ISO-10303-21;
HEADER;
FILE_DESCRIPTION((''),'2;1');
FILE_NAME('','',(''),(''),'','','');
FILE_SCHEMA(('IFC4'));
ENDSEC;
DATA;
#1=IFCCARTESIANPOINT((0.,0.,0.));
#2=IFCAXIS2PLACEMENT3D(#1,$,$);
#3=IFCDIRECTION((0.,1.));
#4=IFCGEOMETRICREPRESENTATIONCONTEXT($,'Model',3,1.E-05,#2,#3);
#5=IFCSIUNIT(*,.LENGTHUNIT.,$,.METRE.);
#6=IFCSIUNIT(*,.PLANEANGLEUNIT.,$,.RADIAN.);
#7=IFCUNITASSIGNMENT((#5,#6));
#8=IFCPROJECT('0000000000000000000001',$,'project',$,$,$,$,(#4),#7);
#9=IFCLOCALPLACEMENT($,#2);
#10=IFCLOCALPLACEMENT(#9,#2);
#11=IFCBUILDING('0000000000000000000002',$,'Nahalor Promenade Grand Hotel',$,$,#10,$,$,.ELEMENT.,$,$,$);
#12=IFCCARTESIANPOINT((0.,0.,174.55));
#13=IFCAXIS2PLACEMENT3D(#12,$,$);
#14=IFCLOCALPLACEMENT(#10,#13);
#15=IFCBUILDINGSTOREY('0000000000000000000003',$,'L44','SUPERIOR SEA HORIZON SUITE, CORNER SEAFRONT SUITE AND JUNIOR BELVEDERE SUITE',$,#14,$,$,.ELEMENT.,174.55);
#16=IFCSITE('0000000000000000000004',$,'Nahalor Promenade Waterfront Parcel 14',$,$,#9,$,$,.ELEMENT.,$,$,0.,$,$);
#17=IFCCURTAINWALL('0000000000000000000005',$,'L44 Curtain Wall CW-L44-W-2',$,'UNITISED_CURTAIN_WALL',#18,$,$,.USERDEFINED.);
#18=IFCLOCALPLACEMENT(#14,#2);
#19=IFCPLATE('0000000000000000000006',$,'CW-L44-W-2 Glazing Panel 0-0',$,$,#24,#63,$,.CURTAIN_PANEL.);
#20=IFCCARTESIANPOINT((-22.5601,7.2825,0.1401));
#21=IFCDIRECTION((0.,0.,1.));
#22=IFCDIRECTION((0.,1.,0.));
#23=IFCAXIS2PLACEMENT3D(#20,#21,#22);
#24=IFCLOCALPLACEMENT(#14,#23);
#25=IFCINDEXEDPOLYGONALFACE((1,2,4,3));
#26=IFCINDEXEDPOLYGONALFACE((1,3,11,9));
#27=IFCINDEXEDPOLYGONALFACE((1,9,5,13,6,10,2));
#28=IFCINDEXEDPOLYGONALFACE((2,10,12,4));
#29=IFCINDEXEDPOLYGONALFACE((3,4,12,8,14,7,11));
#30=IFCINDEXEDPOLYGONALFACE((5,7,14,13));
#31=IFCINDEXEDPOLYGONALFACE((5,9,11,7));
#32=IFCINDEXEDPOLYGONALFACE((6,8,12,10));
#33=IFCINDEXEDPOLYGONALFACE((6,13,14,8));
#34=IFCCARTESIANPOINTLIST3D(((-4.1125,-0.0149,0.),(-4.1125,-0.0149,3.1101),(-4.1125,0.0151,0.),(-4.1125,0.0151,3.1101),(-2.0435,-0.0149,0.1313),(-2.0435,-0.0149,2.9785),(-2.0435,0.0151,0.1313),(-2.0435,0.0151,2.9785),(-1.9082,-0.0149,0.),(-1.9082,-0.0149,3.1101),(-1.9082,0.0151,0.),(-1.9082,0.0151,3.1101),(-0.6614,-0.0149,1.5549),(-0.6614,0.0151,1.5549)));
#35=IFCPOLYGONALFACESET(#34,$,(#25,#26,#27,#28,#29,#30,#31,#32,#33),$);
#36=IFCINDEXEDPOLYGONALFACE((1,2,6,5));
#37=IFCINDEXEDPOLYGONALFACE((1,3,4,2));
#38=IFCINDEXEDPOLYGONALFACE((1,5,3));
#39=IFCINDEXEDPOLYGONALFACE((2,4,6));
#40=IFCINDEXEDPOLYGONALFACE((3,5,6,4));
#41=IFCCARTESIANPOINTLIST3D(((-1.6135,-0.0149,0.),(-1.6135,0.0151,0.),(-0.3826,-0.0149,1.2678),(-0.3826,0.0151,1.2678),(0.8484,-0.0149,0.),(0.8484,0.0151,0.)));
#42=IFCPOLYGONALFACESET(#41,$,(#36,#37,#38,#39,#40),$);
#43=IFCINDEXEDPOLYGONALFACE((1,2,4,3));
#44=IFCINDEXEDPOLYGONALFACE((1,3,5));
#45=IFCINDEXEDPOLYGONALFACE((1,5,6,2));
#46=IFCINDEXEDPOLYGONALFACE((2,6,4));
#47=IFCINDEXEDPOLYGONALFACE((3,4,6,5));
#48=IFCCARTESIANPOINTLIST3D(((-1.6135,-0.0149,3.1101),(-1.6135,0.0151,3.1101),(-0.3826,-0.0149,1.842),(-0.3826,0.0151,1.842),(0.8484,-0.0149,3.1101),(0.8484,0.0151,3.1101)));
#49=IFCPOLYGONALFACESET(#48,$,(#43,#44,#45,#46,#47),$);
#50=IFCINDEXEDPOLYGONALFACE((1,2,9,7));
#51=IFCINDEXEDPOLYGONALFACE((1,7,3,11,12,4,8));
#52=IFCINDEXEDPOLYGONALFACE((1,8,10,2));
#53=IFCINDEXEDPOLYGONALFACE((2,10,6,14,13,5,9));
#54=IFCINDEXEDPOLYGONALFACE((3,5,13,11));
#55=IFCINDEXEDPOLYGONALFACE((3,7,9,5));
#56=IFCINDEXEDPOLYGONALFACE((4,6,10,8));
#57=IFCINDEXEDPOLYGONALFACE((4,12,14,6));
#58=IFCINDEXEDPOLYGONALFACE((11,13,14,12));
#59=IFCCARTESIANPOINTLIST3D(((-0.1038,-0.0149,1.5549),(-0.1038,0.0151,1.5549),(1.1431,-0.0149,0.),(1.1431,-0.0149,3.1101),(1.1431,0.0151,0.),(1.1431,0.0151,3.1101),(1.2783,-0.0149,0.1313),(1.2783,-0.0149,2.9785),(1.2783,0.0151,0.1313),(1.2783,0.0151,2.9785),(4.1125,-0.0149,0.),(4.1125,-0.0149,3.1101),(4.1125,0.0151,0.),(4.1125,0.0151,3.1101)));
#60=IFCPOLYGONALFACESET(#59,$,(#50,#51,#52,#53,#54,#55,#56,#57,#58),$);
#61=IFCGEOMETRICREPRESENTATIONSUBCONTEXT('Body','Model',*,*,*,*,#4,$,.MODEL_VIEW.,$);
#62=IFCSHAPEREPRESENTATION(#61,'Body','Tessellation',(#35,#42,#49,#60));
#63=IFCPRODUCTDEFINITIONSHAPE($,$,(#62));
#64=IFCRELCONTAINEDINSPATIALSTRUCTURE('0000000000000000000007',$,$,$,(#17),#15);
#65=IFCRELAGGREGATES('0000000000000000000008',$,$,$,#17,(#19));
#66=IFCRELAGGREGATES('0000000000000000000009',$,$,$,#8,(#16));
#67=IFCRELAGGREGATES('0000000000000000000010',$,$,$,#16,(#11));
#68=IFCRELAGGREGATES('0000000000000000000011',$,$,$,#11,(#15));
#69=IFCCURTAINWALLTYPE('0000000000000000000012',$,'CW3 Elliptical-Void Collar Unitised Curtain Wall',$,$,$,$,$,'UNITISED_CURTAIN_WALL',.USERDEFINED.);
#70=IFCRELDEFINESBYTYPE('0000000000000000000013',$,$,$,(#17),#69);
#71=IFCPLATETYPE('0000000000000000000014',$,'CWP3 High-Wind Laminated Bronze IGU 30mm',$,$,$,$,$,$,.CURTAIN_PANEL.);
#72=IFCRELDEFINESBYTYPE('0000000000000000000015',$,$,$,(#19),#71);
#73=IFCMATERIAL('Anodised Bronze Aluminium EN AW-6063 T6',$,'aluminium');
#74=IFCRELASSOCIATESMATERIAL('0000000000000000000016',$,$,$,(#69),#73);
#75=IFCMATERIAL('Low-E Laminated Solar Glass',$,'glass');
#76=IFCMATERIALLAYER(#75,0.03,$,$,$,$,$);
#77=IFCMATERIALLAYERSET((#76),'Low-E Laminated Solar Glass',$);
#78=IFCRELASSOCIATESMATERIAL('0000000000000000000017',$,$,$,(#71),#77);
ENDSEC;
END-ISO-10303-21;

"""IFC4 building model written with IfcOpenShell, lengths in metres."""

from ifc_helpers import new_model, si_unit, direction, frame, origin, place, context, subcontext, project, spatial, polyline, outline, extrude, material, layer, layer_set, type_object, element, aggregate, save


model = new_model("IFC4")

# Units and contexts
model_context = context("Model", 3, precision=1e-05, world=origin(), true_north=direction((0.0, 1.0)))
body_context = subcontext(model_context, "Body", "Model", "MODEL_VIEW")
ifc_project = project(units=[si_unit("LENGTHUNIT", "METRE"), si_unit("PLANEANGLEUNIT", "RADIAN")], contexts=[model_context])

# Site, building, storey
site_placement = place(None, origin())
site = spatial("IfcSite", under=ifc_project, at=site_placement, Name="Nahalor Promenade Waterfront Parcel 14", CompositionType="ELEMENT", RefElevation=0.0)
building_placement = place(site_placement, origin())
building = spatial("IfcBuilding", under=site, at=building_placement, Name="Nahalor Promenade Grand Hotel", CompositionType="ELEMENT")
storey_placement = place(building_placement, frame((0.0, 0.0, 174.55)))
storey = spatial("IfcBuildingStorey", under=building, at=storey_placement, Name="L44", Description="SUPERIOR SEA HORIZON SUITE, CORNER SEAFRONT SUITE AND JUNIOR BELVEDERE SUITE", CompositionType="ELEMENT", Elevation=174.55)

# Shared definitions
ifc_material_1 = material(Name="Anodised Bronze Aluminium EN AW-6063 T6", Category="aluminium")
curtain_wall_type = type_object("IfcCurtainWallType", Name="CW3 Elliptical-Void Collar Unitised Curtain Wall", ElementType="UNITISED_CURTAIN_WALL", PredefinedType="USERDEFINED", material=ifc_material_1)

# Curtain wall
curtain_wall_1_placement = place(storey_placement, origin())
curtain_wall_1 = element("IfcCurtainWall", 1, at=curtain_wall_1_placement, inside=storey, type_object=curtain_wall_type, Name="L44 Curtain Wall CW-L44-W-2", ObjectType="UNITISED_CURTAIN_WALL", PredefinedType="USERDEFINED")

# Plate
ifc_material_2 = material(Name="Low-E Laminated Solar Glass", Category="glass")
ifc_layer_1 = layer(ifc_material_2, 0.03)
ifc_layer_set_1 = layer_set([ifc_layer_1], Name="Low-E Laminated Solar Glass")
plate_type_1 = type_object("IfcPlateType", Name="CWP3 High-Wind Laminated Bronze IGU 30mm", PredefinedType="CURTAIN_PANEL", material=ifc_layer_set_1)
plate_1_placement = place(storey_placement, frame((-22.5601, 7.2825, 0.1401), z_axis=(0.0, 0.0, 1.0), x_axis=(0.0, 1.0, 0.0)))
plate_1 = element("IfcPlate", 2, at=plate_1_placement, type_object=plate_type_1, Name="CW-L44-W-2 Glazing Panel 0-0", PredefinedType="CURTAIN_PANEL", context=body_context, shape_type="SweptSolid", body=[
    extrude(outline(polyline([(-4.1125, 3.1101), (-4.1125, 0.0), (-1.9082, 0.0), (-2.0435, 0.1313), (-0.6614, 1.5549), (-2.0435, 2.9785), (-1.9082, 3.1101), (-4.1125, 3.1101)])), frame((0.0, 0.0151, 0.0), z_axis=(0.0, -1.0, 0.0), x_axis=(1.0, 0.0, 0.0)), (0.0, 0.0, 1.0), 0.03),
    extrude(outline(polyline([(-0.3826, 1.2678), (-1.6135, 0.0), (0.8484, 0.0), (-0.3826, 1.2678)])), frame((0.0, 0.0151, 0.0), z_axis=(0.0, -1.0, 0.0), x_axis=(1.0, 0.0, 0.0)), (0.0, 0.0, 1.0), 0.03),
    extrude(outline(polyline([(-0.3826, 1.842), (0.8484, 3.1101), (-1.6135, 3.1101), (-0.3826, 1.842)])), frame((0.0, 0.0151, 0.0), z_axis=(0.0, -1.0, 0.0), x_axis=(1.0, 0.0, 0.0)), (0.0, 0.0, 1.0), 0.03),
    extrude(outline(polyline([(4.1125, 0.0), (4.1125, 3.1101), (1.1431, 3.1101), (1.2783, 2.9785), (-0.1038, 1.5549), (1.2783, 0.1313), (1.1431, 0.0), (4.1125, 0.0)])), frame((0.0, 0.0151, 0.0), z_axis=(0.0, -1.0, 0.0), x_axis=(1.0, 0.0, 0.0)), (0.0, 0.0, 1.0), 0.03),
])
aggregate(curtain_wall_1, [plate_1])

save(model, "model.ifc")
